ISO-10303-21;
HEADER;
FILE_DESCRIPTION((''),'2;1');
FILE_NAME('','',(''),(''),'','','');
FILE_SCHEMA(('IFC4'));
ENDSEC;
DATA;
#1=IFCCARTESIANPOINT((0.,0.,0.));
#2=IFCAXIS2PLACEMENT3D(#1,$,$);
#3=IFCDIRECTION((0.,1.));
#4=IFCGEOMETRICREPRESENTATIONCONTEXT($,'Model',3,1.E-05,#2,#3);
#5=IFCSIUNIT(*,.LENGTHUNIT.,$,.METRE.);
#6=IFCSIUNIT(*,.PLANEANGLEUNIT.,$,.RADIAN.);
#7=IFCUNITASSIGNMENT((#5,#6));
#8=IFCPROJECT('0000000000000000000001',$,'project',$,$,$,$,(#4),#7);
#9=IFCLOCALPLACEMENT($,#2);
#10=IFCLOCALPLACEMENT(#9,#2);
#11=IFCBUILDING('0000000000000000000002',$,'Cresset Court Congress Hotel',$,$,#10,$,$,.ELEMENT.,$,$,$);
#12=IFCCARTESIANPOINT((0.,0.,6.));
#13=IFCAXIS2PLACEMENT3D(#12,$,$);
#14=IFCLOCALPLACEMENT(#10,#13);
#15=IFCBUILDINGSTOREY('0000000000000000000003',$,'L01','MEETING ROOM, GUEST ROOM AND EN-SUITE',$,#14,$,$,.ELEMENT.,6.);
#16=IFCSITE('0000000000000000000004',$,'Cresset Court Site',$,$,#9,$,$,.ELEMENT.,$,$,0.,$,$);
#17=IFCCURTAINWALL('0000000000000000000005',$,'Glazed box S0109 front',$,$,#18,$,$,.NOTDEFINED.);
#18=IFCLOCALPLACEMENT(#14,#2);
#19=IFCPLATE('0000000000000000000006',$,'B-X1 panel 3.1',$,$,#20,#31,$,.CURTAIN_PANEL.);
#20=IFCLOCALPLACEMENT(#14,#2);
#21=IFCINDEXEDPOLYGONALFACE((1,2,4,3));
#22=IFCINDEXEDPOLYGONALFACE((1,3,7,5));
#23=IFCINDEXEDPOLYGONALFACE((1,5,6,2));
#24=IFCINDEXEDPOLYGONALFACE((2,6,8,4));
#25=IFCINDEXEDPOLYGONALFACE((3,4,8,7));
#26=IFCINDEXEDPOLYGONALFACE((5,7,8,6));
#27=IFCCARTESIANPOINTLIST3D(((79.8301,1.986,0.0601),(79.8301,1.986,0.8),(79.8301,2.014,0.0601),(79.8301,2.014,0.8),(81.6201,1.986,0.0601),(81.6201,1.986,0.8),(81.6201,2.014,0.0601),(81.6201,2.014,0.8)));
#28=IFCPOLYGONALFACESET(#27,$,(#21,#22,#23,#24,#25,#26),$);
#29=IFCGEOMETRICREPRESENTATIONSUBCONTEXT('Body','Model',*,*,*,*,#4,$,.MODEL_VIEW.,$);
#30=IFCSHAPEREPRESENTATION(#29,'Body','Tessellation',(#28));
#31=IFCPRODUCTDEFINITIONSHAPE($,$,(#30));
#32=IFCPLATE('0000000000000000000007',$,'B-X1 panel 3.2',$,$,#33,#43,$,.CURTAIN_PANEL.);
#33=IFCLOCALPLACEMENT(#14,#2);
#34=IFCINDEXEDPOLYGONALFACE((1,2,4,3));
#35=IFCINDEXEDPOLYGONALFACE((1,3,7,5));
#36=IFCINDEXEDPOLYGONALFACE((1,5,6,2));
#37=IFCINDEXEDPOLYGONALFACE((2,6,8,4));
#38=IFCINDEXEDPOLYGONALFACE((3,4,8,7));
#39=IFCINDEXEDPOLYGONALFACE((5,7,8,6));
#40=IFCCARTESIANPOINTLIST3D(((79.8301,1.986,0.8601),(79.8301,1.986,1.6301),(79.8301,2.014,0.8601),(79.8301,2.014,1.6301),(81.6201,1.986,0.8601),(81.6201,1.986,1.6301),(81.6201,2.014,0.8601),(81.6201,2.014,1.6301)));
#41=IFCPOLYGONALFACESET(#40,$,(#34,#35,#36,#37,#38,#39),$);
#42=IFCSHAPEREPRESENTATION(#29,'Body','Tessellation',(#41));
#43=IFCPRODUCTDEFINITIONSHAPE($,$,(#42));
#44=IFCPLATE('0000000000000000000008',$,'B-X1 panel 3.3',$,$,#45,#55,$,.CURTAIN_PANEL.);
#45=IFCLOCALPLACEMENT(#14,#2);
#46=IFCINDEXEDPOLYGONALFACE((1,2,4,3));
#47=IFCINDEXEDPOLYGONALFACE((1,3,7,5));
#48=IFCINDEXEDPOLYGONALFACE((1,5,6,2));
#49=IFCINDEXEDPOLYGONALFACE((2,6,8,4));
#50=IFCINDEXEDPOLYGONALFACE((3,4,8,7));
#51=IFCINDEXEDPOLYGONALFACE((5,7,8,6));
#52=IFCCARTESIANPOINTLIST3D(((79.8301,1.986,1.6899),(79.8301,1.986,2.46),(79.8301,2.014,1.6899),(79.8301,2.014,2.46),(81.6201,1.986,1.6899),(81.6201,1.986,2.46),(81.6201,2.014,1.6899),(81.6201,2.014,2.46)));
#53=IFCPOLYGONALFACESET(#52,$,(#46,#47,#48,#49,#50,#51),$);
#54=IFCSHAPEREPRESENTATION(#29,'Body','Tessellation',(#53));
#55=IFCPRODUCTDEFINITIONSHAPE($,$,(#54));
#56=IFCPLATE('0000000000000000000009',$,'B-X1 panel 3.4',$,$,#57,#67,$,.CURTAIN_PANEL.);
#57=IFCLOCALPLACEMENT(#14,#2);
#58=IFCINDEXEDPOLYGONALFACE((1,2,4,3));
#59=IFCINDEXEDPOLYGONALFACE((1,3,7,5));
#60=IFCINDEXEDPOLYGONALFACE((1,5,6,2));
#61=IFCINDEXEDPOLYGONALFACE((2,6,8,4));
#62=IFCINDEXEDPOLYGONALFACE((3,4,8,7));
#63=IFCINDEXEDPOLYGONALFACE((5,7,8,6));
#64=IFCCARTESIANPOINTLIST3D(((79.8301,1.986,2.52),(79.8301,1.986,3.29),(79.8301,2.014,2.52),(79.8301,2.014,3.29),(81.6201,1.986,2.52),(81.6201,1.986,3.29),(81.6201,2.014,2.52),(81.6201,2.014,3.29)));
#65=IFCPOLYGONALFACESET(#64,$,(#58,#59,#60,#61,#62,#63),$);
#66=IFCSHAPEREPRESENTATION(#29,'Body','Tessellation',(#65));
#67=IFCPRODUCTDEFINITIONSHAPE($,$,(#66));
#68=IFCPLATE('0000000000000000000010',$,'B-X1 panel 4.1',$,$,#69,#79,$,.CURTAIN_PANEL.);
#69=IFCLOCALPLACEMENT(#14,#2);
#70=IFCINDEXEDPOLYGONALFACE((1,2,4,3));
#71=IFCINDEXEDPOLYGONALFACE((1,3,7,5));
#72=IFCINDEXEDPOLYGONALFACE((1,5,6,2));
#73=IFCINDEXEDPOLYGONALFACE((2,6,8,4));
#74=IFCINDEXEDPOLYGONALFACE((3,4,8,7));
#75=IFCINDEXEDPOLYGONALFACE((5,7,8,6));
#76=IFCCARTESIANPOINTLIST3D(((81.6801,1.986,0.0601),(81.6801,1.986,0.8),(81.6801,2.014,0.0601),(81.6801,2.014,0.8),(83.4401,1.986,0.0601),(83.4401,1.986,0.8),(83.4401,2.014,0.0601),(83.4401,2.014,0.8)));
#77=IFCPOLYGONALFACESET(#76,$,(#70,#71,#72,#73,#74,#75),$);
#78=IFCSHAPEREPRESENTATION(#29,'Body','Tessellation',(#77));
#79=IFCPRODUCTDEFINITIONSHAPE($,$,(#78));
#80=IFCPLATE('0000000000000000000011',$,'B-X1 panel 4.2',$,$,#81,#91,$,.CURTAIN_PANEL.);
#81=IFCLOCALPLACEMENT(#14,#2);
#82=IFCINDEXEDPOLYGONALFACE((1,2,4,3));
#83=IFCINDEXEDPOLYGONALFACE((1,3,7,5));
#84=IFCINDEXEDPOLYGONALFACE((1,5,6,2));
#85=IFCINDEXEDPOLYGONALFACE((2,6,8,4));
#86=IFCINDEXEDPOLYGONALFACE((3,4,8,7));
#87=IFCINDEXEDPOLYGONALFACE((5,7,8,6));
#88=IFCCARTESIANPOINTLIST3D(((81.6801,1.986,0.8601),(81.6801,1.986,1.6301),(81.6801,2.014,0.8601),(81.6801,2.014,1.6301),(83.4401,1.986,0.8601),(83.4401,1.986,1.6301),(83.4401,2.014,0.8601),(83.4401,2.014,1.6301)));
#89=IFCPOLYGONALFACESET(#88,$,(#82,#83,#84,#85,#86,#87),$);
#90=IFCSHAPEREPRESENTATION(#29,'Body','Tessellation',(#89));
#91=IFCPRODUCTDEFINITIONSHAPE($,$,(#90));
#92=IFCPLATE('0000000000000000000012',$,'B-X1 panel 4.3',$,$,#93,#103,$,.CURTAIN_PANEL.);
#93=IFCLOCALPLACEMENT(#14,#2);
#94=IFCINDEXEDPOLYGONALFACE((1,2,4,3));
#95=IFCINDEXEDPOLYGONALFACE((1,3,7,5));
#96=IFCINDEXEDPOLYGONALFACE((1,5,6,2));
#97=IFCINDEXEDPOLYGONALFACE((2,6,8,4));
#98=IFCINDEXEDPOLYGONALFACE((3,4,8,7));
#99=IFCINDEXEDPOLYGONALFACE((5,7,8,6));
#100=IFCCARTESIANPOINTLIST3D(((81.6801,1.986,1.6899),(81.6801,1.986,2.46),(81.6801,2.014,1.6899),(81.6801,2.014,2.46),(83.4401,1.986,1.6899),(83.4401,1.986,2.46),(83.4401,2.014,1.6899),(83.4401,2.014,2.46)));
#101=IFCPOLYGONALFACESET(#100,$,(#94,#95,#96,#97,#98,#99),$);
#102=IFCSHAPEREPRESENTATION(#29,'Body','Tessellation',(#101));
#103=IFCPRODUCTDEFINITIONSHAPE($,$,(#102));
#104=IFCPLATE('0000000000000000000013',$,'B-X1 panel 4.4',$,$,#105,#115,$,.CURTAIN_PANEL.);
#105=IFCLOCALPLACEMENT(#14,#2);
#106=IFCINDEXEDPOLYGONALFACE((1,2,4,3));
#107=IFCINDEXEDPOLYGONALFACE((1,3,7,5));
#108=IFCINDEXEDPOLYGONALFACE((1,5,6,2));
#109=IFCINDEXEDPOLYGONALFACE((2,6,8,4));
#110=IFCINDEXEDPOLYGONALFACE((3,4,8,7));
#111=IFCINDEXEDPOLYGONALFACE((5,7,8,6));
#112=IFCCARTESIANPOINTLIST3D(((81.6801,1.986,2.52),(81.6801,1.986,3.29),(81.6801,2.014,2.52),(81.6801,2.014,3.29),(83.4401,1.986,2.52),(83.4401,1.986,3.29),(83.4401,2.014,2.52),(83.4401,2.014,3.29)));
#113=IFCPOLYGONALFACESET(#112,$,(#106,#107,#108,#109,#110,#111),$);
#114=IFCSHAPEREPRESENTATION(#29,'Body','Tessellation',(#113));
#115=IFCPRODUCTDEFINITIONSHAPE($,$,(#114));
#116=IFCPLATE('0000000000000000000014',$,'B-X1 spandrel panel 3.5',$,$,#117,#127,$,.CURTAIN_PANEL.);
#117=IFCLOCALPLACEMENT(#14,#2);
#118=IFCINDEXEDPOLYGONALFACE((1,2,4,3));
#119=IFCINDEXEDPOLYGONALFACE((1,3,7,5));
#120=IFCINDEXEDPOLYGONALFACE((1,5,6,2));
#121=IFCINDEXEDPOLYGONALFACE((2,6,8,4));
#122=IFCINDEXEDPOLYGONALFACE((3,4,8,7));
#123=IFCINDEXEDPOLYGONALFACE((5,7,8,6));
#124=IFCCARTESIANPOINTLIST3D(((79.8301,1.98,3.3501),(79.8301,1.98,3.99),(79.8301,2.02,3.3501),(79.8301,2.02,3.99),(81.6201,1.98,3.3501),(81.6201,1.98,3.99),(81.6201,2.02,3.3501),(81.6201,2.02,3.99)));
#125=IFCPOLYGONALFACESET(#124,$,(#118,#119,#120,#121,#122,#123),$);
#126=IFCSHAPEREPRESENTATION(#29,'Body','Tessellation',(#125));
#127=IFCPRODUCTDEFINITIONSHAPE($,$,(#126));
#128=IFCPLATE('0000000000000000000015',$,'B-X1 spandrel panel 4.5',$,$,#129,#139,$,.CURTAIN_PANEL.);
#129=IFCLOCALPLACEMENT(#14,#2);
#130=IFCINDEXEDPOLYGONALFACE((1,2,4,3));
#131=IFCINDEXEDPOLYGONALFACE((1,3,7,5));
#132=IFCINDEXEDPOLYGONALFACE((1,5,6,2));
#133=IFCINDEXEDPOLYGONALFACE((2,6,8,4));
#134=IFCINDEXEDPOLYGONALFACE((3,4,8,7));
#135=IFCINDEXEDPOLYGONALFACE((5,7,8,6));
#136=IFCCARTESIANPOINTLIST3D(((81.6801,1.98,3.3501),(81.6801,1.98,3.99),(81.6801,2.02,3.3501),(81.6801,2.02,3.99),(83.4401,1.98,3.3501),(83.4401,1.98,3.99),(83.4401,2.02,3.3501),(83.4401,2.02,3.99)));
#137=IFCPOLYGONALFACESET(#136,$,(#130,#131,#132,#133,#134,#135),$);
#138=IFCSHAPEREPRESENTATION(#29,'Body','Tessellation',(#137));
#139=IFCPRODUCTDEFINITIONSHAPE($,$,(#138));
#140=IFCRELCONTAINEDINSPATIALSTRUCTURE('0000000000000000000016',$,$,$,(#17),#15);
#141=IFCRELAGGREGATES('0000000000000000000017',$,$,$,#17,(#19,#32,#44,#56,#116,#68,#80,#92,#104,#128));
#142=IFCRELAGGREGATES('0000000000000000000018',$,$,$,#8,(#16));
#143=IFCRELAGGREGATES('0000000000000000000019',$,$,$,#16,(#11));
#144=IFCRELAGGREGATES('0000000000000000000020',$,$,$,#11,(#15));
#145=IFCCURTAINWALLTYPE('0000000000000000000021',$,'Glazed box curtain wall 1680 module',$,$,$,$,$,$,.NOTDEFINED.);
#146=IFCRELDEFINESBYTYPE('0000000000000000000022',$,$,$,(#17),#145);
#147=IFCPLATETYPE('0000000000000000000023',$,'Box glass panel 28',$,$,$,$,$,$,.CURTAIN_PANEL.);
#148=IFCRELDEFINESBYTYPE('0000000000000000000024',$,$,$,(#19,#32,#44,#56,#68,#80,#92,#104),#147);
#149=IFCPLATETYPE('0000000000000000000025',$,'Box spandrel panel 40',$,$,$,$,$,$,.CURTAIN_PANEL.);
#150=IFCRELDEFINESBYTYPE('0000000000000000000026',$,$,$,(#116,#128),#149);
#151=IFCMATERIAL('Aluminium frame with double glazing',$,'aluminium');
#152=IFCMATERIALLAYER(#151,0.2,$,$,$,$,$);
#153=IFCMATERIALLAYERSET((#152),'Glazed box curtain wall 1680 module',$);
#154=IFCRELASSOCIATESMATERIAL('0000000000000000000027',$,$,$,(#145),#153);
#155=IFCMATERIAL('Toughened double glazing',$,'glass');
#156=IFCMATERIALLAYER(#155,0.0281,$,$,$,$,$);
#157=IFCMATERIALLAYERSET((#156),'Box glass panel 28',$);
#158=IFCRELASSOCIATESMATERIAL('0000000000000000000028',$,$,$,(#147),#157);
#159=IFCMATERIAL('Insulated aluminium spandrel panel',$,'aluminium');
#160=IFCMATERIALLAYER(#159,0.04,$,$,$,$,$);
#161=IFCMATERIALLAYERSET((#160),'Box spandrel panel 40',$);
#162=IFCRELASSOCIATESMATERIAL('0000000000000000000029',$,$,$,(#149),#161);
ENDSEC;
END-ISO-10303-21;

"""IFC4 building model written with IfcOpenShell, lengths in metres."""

from ifc_helpers import new_model, si_unit, direction, frame, origin, origin_2d, place, context, subcontext, project, spatial, rectangle, extrude, material, layer, layer_set, type_object, element, aggregate, save


model = new_model("IFC4")

# Units and contexts
model_context = context("Model", 3, precision=1e-05, world=origin(), true_north=direction((0.0, 1.0)))
body_context = subcontext(model_context, "Body", "Model", "MODEL_VIEW")
ifc_project = project(units=[si_unit("LENGTHUNIT", "METRE"), si_unit("PLANEANGLEUNIT", "RADIAN")], contexts=[model_context])

# Site, building, storey
site_placement = place(None, origin())
site = spatial("IfcSite", under=ifc_project, at=site_placement, Name="Cresset Court Site", CompositionType="ELEMENT", RefElevation=0.0)
building_placement = place(site_placement, origin())
building = spatial("IfcBuilding", under=site, at=building_placement, Name="Cresset Court Congress Hotel", CompositionType="ELEMENT")
storey_placement = place(building_placement, frame((0.0, 0.0, 6.0)))
storey = spatial("IfcBuildingStorey", under=building, at=storey_placement, Name="L01", Description="MEETING ROOM, GUEST ROOM AND EN-SUITE", CompositionType="ELEMENT", Elevation=6.0)

# Curtain wall
ifc_material_1 = material(Name="Aluminium frame with double glazing", Category="aluminium")
ifc_layer_1 = layer(ifc_material_1, 0.2)
ifc_layer_set_1 = layer_set([ifc_layer_1], Name="Glazed box curtain wall 1680 module")
curtain_wall_type = type_object("IfcCurtainWallType", Name="Glazed box curtain wall 1680 module", PredefinedType="NOTDEFINED", material=ifc_layer_set_1)
curtain_wall_placement = place(storey_placement, origin())
curtain_wall = element("IfcCurtainWall", 1, at=curtain_wall_placement, inside=storey, type_object=curtain_wall_type, Name="Glazed box S0109 front", PredefinedType="NOTDEFINED")

# Plates
ifc_material_2 = material(Name="Toughened double glazing", Category="glass")
ifc_layer_2 = layer(ifc_material_2, 0.0281)
ifc_layer_set_2 = layer_set([ifc_layer_2], Name="Box glass panel 28")
plate_type_1 = type_object("IfcPlateType", Name="Box glass panel 28", PredefinedType="CURTAIN_PANEL", material=ifc_layer_set_2)
plate_1_placement = place(storey_placement, frame((80.7251, 2.0, 0.0601), z_axis=(0.0, 0.0, 1.0), x_axis=(1.0, 0.0, 0.0)))
plate_1 = element("IfcPlate", 2, at=plate_1_placement, type_object=plate_type_1, Name="B-X1 panel 3.1", PredefinedType="CURTAIN_PANEL", context=body_context, shape_type="SweptSolid", body=[
    extrude(rectangle(XDim=1.79, YDim=0.0281, at=origin_2d()), origin(), (0.0, 0.0, 1.0), 0.74),
])
plate_2_placement = place(storey_placement, frame((80.7251, 2.0, 0.8601), z_axis=(0.0, 0.0, 1.0), x_axis=(1.0, 0.0, 0.0)))
plate_2 = element("IfcPlate", 3, at=plate_2_placement, type_object=plate_type_1, Name="B-X1 panel 3.2", PredefinedType="CURTAIN_PANEL", context=body_context, shape_type="SweptSolid", body=[
    extrude(rectangle(XDim=1.79, YDim=0.0281, at=origin_2d()), origin(), (0.0, 0.0, 1.0), 0.77),
])
plate_3_placement = place(storey_placement, frame((80.7251, 2.0, 1.6899), z_axis=(0.0, 0.0, 1.0), x_axis=(1.0, 0.0, 0.0)))
plate_3 = element("IfcPlate", 4, at=plate_3_placement, type_object=plate_type_1, Name="B-X1 panel 3.3", PredefinedType="CURTAIN_PANEL", context=body_context, shape_type="SweptSolid", body=[
    extrude(rectangle(XDim=1.79, YDim=0.0281, at=origin_2d()), origin(), (0.0, 0.0, 1.0), 0.77),
])
plate_4_placement = place(storey_placement, frame((80.7251, 2.0, 2.52), z_axis=(0.0, 0.0, 1.0), x_axis=(1.0, 0.0, 0.0)))
plate_4 = element("IfcPlate", 5, at=plate_4_placement, type_object=plate_type_1, Name="B-X1 panel 3.4", PredefinedType="CURTAIN_PANEL", context=body_context, shape_type="SweptSolid", body=[
    extrude(rectangle(XDim=1.79, YDim=0.0281, at=origin_2d()), origin(), (0.0, 0.0, 1.0), 0.77),
])
plate_5_placement = place(storey_placement, frame((82.5601, 2.0, 0.0601), z_axis=(0.0, 0.0, 1.0), x_axis=(1.0, 0.0, 0.0)))
plate_5 = element("IfcPlate", 6, at=plate_5_placement, type_object=plate_type_1, Name="B-X1 panel 4.1", PredefinedType="CURTAIN_PANEL", context=body_context, shape_type="SweptSolid", body=[
    extrude(rectangle(XDim=1.76, YDim=0.0281, at=origin_2d()), origin(), (0.0, 0.0, 1.0), 0.74),
])
plate_6_placement = place(storey_placement, frame((82.5601, 2.0, 0.8601), z_axis=(0.0, 0.0, 1.0), x_axis=(1.0, 0.0, 0.0)))
plate_6 = element("IfcPlate", 7, at=plate_6_placement, type_object=plate_type_1, Name="B-X1 panel 4.2", PredefinedType="CURTAIN_PANEL", context=body_context, shape_type="SweptSolid", body=[
    extrude(rectangle(XDim=1.76, YDim=0.0281, at=origin_2d()), origin(), (0.0, 0.0, 1.0), 0.77),
])
plate_7_placement = place(storey_placement, frame((82.5601, 2.0, 1.6899), z_axis=(0.0, 0.0, 1.0), x_axis=(1.0, 0.0, 0.0)))
plate_7 = element("IfcPlate", 8, at=plate_7_placement, type_object=plate_type_1, Name="B-X1 panel 4.3", PredefinedType="CURTAIN_PANEL", context=body_context, shape_type="SweptSolid", body=[
    extrude(rectangle(XDim=1.76, YDim=0.0281, at=origin_2d()), origin(), (0.0, 0.0, 1.0), 0.77),
])
plate_8_placement = place(storey_placement, frame((82.5601, 2.0, 2.52), z_axis=(0.0, 0.0, 1.0), x_axis=(1.0, 0.0, 0.0)))
plate_8 = element("IfcPlate", 9, at=plate_8_placement, type_object=plate_type_1, Name="B-X1 panel 4.4", PredefinedType="CURTAIN_PANEL", context=body_context, shape_type="SweptSolid", body=[
    extrude(rectangle(XDim=1.76, YDim=0.0281, at=origin_2d()), origin(), (0.0, 0.0, 1.0), 0.77),
])
ifc_material_3 = material(Name="Insulated aluminium spandrel panel", Category="aluminium")
ifc_layer_3 = layer(ifc_material_3, 0.04)
ifc_layer_set_3 = layer_set([ifc_layer_3], Name="Box spandrel panel 40")
plate_type_2 = type_object("IfcPlateType", Name="Box spandrel panel 40", PredefinedType="CURTAIN_PANEL", material=ifc_layer_set_3)
plate_9_placement = place(storey_placement, frame((80.7251, 2.0, 3.3501), z_axis=(0.0, 0.0, 1.0), x_axis=(1.0, 0.0, 0.0)))
plate_9 = element("IfcPlate", 10, at=plate_9_placement, type_object=plate_type_2, Name="B-X1 spandrel panel 3.5", PredefinedType="CURTAIN_PANEL", context=body_context, shape_type="SweptSolid", body=[
    extrude(rectangle(XDim=1.79, YDim=0.04, at=origin_2d()), origin(), (0.0, 0.0, 1.0), 0.6399),
])
plate_10_placement = place(storey_placement, frame((82.5601, 2.0, 3.3501), z_axis=(0.0, 0.0, 1.0), x_axis=(1.0, 0.0, 0.0)))
plate_10 = element("IfcPlate", 11, at=plate_10_placement, type_object=plate_type_2, Name="B-X1 spandrel panel 4.5", PredefinedType="CURTAIN_PANEL", context=body_context, shape_type="SweptSolid", body=[
    extrude(rectangle(XDim=1.76, YDim=0.04, at=origin_2d()), origin(), (0.0, 0.0, 1.0), 0.6399),
])
aggregate(curtain_wall, [plate_1, plate_2, plate_3, plate_4, plate_9, plate_5, plate_6, plate_7, plate_8, plate_10])

save(model, "model.ifc")
